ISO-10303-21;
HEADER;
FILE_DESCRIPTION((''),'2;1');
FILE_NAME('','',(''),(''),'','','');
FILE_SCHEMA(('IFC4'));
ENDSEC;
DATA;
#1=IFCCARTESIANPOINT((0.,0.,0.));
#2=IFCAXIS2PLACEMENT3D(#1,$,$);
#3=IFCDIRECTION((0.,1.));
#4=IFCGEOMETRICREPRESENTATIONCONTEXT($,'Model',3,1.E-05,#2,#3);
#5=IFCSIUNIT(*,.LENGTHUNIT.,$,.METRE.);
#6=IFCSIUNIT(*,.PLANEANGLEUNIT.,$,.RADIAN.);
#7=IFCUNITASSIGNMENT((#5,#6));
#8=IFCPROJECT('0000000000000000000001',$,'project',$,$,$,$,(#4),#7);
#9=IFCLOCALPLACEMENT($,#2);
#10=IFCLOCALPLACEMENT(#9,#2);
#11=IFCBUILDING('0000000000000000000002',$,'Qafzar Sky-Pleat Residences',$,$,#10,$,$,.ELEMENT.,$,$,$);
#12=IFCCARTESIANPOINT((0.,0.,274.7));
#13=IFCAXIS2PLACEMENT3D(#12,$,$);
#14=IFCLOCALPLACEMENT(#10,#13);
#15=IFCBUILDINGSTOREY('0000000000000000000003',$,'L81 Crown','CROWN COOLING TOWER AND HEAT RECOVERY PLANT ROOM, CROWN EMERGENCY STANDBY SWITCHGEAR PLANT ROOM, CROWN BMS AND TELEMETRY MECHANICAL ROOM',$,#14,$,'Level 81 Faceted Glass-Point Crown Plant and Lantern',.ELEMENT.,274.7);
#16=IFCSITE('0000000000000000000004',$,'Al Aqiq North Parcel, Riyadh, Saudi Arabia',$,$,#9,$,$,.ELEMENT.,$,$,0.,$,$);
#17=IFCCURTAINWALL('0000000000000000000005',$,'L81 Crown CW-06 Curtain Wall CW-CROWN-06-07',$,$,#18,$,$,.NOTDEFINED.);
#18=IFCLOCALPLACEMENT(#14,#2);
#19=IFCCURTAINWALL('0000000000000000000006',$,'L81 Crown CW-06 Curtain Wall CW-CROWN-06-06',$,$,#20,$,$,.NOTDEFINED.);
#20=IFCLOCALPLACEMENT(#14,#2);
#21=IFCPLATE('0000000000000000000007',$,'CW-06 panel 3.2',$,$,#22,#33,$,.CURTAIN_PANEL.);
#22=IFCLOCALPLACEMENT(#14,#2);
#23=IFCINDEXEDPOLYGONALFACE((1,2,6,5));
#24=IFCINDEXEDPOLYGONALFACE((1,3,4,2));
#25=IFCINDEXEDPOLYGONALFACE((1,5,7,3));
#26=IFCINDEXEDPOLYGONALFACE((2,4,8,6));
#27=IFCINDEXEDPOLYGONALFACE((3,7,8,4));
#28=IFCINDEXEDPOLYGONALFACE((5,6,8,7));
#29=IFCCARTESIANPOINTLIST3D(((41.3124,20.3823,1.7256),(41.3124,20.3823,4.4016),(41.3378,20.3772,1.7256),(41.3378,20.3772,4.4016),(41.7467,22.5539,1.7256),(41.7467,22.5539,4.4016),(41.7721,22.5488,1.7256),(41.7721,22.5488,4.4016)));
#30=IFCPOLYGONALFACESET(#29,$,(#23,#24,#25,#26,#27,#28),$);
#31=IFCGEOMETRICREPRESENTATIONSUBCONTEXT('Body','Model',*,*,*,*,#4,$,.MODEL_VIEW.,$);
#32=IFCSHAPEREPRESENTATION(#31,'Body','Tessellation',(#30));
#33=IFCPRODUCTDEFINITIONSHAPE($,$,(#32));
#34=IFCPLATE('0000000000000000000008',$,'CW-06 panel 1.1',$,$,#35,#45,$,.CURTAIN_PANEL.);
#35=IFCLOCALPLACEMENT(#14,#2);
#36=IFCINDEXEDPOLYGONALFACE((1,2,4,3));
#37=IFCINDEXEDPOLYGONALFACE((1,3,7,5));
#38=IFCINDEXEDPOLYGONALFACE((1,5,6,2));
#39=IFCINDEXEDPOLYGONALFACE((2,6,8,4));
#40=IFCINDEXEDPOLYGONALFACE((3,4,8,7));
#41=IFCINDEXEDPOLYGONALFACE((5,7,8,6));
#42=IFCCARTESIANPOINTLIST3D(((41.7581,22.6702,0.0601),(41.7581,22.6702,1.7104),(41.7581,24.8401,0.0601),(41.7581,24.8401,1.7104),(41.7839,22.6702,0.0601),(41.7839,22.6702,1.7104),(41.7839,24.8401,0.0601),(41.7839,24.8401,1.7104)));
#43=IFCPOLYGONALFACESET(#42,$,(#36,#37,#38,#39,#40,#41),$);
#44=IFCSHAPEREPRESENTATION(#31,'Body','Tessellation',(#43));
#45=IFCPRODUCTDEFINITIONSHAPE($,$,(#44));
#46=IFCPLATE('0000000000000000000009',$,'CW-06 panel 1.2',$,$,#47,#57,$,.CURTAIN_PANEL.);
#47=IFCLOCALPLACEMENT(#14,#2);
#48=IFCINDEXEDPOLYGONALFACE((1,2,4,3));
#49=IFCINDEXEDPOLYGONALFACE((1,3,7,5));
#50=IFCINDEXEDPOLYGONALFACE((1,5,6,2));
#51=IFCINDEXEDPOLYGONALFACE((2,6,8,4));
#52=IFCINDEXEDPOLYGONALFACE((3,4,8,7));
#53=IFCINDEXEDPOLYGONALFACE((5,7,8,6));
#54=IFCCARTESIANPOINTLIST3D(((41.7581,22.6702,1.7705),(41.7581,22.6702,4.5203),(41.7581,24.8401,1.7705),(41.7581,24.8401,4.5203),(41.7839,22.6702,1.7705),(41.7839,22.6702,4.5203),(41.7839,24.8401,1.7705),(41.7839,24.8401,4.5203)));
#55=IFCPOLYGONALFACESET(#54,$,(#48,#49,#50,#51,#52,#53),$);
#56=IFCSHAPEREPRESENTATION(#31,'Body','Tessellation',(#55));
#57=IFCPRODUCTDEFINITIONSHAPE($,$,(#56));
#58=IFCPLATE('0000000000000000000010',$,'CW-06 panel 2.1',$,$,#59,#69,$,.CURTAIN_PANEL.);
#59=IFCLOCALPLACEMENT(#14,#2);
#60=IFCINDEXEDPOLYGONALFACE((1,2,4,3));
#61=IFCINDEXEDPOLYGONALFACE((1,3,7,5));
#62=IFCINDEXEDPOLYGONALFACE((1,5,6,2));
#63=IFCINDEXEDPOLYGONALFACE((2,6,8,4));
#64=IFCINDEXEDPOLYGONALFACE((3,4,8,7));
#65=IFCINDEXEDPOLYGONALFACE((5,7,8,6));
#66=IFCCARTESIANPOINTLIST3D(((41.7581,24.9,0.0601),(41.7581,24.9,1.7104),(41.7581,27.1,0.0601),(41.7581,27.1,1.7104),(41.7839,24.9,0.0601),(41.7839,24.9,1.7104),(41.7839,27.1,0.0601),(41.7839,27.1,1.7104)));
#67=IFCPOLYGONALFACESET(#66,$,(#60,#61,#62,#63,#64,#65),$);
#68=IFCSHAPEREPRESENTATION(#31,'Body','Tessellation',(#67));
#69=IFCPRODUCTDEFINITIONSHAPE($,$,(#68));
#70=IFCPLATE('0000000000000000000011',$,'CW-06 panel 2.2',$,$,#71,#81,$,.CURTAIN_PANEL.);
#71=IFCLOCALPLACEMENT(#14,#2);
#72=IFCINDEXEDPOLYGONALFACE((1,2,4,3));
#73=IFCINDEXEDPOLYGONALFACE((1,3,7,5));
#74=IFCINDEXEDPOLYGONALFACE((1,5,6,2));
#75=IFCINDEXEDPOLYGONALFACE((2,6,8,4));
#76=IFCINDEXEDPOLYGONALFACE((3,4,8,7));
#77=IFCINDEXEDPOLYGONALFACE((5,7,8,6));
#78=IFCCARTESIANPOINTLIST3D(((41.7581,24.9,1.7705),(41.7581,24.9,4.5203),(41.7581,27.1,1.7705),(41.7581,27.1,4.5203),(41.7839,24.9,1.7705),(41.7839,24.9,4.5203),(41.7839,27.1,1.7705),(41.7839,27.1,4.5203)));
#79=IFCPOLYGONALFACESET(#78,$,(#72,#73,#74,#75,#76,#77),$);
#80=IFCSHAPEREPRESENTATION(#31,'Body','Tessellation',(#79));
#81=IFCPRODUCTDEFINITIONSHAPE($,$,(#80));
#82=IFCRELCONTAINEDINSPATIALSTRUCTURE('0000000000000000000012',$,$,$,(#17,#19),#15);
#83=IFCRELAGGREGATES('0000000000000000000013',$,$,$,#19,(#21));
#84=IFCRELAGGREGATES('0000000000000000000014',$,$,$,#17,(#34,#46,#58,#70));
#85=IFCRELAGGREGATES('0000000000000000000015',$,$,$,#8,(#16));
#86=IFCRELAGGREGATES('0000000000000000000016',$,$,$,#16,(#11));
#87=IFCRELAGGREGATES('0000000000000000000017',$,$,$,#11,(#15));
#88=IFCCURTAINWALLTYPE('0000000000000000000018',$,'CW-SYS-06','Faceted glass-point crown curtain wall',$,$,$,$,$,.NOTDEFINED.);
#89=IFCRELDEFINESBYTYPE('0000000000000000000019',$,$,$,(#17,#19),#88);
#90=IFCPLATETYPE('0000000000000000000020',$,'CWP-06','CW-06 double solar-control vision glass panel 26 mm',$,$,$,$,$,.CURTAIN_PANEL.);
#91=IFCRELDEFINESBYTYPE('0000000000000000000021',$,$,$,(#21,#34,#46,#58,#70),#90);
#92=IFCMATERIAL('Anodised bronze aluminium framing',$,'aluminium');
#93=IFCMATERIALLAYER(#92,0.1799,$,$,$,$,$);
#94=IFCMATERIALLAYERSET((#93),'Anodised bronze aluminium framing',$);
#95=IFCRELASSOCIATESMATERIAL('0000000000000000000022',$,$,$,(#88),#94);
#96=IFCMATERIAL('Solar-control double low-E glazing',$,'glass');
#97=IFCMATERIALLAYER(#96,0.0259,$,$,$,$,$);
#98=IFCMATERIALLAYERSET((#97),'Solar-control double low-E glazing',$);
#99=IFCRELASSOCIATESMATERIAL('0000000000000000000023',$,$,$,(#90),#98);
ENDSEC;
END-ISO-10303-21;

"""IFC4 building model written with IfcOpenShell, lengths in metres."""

from ifc_helpers import new_model, si_unit, direction, frame, origin, origin_2d, place, context, subcontext, project, spatial, rectangle, extrude, source, transform, mapped, material, layer, layer_set, type_object, element, aggregate, save


model = new_model("IFC4")

# Units and contexts
model_context = context("Model", 3, precision=1e-05, world=origin(), true_north=direction((0.0, 1.0)))
body_context = subcontext(model_context, "Body", "Model", "MODEL_VIEW")
ifc_project = project(units=[si_unit("LENGTHUNIT", "METRE"), si_unit("PLANEANGLEUNIT", "RADIAN")], contexts=[model_context])

# Site, building, storey
site_placement = place(None, origin())
site = spatial("IfcSite", under=ifc_project, at=site_placement, Name="Al Aqiq North Parcel, Riyadh, Saudi Arabia", CompositionType="ELEMENT", RefElevation=0.0)
building_placement = place(site_placement, origin())
building = spatial("IfcBuilding", under=site, at=building_placement, Name="Qafzar Sky-Pleat Residences", CompositionType="ELEMENT")
storey_placement = place(building_placement, frame((0.0, 0.0, 274.7)))
storey = spatial("IfcBuildingStorey", under=building, at=storey_placement, Name="L81 Crown", Description="CROWN COOLING TOWER AND HEAT RECOVERY PLANT ROOM, CROWN EMERGENCY STANDBY SWITCHGEAR PLANT ROOM, CROWN BMS AND TELEMETRY MECHANICAL ROOM", LongName="Level 81 Faceted Glass-Point Crown Plant and Lantern", CompositionType="ELEMENT", Elevation=274.7)

# Curtain wall
ifc_material_1 = material(Name="Anodised bronze aluminium framing", Category="aluminium")
ifc_layer_1 = layer(ifc_material_1, 0.1799)
ifc_layer_set_1 = layer_set([ifc_layer_1], Name="Anodised bronze aluminium framing")
curtain_wall_type = type_object("IfcCurtainWallType", Name="CW-SYS-06", Description="Faceted glass-point crown curtain wall", PredefinedType="NOTDEFINED", material=ifc_layer_set_1)
curtain_wall_1_placement = place(storey_placement, origin())
curtain_wall_1 = element("IfcCurtainWall", 1, at=curtain_wall_1_placement, inside=storey, type_object=curtain_wall_type, Name="L81 Crown CW-06 Curtain Wall CW-CROWN-06-07", PredefinedType="NOTDEFINED")

# Curtain wall
curtain_wall_2_placement = place(storey_placement, origin())
curtain_wall_2 = element("IfcCurtainWall", 2, at=curtain_wall_2_placement, inside=storey, type_object=curtain_wall_type, Name="L81 Crown CW-06 Curtain Wall CW-CROWN-06-06", PredefinedType="NOTDEFINED")

# Plates
ifc_material_2 = material(Name="Solar-control double low-E glazing", Category="glass")
ifc_layer_2 = layer(ifc_material_2, 0.0259)
ifc_layer_set_2 = layer_set([ifc_layer_2], Name="Solar-control double low-E glazing")
plate_type = type_object("IfcPlateType", Name="CWP-06", Description="CW-06 double solar-control vision glass panel 26 mm", PredefinedType="CURTAIN_PANEL", material=ifc_layer_set_2)
shared_shape_1 = source(origin(), body_context, "Body", "SweptSolid", [
    extrude(rectangle(XDim=2.2146, YDim=0.0259, at=origin_2d()), origin(), (0.0, 0.0, 1.0), 2.676),
])
plate_1_placement = place(storey_placement, frame((41.5422, 21.4656, 1.7256), z_axis=(0.0, 0.0, 1.0), x_axis=(0.196116, 0.980581, 0.0)))
plate_1 = element("IfcPlate", 3, at=plate_1_placement, type_object=plate_type, Name="CW-06 panel 3.2", PredefinedType="CURTAIN_PANEL", context=body_context, shape_type="MappedRepresentation", body=[
    mapped(shared_shape_1, transform((0.0, 0.0, 0.0), x_axis=(1.0, 0.0, 0.0), y_axis=(0.0, 1.0, 0.0), z_axis=(0.0, 0.0, 1.0), scale=1.0)),
])
aggregate(curtain_wall_2, [plate_1])
shared_shape_2 = source(origin(), body_context, "Body", "SweptSolid", [
    extrude(rectangle(XDim=2.1699, YDim=0.0259, at=origin_2d()), origin(), (0.0, 0.0, 1.0), 1.6504),
])
plate_2_placement = place(storey_placement, frame((41.771, 23.7551, 0.0601), z_axis=(0.0, 0.0, 1.0), x_axis=(0.0, 1.0, 0.0)))
plate_2 = element("IfcPlate", 4, at=plate_2_placement, type_object=plate_type, Name="CW-06 panel 1.1", PredefinedType="CURTAIN_PANEL", context=body_context, shape_type="MappedRepresentation", body=[
    mapped(shared_shape_2, transform((0.0, 0.0, 0.0), x_axis=(1.0, 0.0, 0.0), y_axis=(0.0, 1.0, 0.0), z_axis=(0.0, 0.0, 1.0), scale=1.0)),
])
shared_shape_3 = source(origin(), body_context, "Body", "SweptSolid", [
    extrude(rectangle(XDim=2.1699, YDim=0.0259, at=origin_2d()), origin(), (0.0, 0.0, 1.0), 2.7498),
])
plate_3_placement = place(storey_placement, frame((41.771, 23.7551, 1.7705), z_axis=(0.0, 0.0, 1.0), x_axis=(0.0, 1.0, 0.0)))
plate_3 = element("IfcPlate", 5, at=plate_3_placement, type_object=plate_type, Name="CW-06 panel 1.2", PredefinedType="CURTAIN_PANEL", context=body_context, shape_type="MappedRepresentation", body=[
    mapped(shared_shape_3, transform((0.0, 0.0, 0.0), x_axis=(1.0, 0.0, 0.0), y_axis=(0.0, 1.0, 0.0), z_axis=(0.0, 0.0, 1.0), scale=1.0)),
])
shared_shape_4 = source(origin(), body_context, "Body", "SweptSolid", [
    extrude(rectangle(XDim=2.2, YDim=0.0259, at=origin_2d()), origin(), (0.0, 0.0, 1.0), 1.6504),
])
plate_4_placement = place(storey_placement, frame((41.771, 26.0, 0.0601), z_axis=(0.0, 0.0, 1.0), x_axis=(0.0, 1.0, 0.0)))
plate_4 = element("IfcPlate", 6, at=plate_4_placement, type_object=plate_type, Name="CW-06 panel 2.1", PredefinedType="CURTAIN_PANEL", context=body_context, shape_type="MappedRepresentation", body=[
    mapped(shared_shape_4, transform((0.0, 0.0, 0.0), x_axis=(1.0, 0.0, 0.0), y_axis=(0.0, 1.0, 0.0), z_axis=(0.0, 0.0, 1.0), scale=1.0)),
])
shared_shape_5 = source(origin(), body_context, "Body", "SweptSolid", [
    extrude(rectangle(XDim=2.2, YDim=0.0259, at=origin_2d()), origin(), (0.0, 0.0, 1.0), 2.7498),
])
plate_5_placement = place(storey_placement, frame((41.771, 26.0, 1.7705), z_axis=(0.0, 0.0, 1.0), x_axis=(0.0, 1.0, 0.0)))
plate_5 = element("IfcPlate", 7, at=plate_5_placement, type_object=plate_type, Name="CW-06 panel 2.2", PredefinedType="CURTAIN_PANEL", context=body_context, shape_type="MappedRepresentation", body=[
    mapped(shared_shape_5, transform((0.0, 0.0, 0.0), x_axis=(1.0, 0.0, 0.0), y_axis=(0.0, 1.0, 0.0), z_axis=(0.0, 0.0, 1.0), scale=1.0)),
])
aggregate(curtain_wall_1, [plate_2, plate_3, plate_4, plate_5])

save(model, "model.ifc")
